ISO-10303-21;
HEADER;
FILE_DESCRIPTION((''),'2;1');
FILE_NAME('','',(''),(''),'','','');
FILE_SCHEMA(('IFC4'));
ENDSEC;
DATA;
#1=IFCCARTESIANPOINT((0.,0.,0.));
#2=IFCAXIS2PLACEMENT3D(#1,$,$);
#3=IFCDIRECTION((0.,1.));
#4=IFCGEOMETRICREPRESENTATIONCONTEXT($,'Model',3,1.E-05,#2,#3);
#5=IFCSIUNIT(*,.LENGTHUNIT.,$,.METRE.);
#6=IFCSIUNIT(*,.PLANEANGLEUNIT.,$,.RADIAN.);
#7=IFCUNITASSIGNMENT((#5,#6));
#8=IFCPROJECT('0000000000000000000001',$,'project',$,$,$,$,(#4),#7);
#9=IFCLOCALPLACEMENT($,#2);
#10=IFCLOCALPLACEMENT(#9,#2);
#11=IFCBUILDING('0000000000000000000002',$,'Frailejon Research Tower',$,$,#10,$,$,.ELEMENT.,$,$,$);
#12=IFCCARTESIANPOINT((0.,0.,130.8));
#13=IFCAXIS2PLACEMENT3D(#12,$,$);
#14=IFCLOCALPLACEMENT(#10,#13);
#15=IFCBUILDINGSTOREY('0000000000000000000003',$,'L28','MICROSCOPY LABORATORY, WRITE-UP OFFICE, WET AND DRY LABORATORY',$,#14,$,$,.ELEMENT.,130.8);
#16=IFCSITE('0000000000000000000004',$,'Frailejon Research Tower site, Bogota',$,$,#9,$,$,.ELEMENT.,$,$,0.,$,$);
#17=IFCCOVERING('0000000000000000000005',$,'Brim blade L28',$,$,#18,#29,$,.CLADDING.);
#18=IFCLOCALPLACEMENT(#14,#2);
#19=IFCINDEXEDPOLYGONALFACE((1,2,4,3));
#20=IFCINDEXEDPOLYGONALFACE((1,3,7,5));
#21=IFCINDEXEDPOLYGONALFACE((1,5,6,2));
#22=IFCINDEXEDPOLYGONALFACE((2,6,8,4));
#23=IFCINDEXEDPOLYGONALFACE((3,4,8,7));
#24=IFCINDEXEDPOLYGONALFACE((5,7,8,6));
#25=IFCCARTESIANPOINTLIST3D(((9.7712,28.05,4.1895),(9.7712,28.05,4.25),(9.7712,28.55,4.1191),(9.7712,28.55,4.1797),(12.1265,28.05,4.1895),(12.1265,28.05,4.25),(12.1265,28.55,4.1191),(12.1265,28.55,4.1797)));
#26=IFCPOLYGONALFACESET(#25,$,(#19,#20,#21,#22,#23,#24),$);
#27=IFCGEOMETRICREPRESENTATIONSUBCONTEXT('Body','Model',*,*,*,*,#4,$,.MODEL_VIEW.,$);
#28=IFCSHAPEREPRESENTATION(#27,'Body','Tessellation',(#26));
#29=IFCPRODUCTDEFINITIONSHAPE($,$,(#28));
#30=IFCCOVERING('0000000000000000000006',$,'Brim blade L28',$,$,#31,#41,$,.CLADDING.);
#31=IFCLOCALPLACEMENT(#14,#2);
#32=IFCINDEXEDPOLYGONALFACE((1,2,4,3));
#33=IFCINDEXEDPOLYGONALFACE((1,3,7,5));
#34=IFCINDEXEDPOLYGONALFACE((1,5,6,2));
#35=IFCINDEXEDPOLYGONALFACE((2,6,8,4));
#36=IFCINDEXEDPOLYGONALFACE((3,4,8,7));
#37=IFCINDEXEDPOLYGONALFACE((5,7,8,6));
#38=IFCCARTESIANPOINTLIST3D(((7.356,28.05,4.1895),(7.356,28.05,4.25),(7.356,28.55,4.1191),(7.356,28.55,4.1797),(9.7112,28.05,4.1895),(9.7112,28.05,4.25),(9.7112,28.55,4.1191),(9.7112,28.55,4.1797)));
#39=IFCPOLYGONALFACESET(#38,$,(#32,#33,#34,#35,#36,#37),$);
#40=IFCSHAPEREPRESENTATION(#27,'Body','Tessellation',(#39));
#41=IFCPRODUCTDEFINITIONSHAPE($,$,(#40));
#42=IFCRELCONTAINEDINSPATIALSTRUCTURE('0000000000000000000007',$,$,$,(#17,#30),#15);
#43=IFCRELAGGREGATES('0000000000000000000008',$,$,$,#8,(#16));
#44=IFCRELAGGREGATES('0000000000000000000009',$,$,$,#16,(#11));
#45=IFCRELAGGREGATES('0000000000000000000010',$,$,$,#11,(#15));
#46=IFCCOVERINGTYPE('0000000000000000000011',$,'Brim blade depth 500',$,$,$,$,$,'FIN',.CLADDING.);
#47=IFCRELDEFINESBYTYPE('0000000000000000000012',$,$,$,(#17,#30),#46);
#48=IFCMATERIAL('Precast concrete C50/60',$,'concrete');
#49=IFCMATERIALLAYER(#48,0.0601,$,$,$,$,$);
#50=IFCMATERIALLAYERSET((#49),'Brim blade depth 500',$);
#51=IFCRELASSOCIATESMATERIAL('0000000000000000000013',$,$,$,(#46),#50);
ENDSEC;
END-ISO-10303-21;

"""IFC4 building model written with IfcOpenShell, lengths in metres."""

from ifc_helpers import new_model, si_unit, direction, frame, origin, place, context, subcontext, project, spatial, polyline, outline, extrude, material, layer, layer_set, type_object, element, save


model = new_model("IFC4")

# Units and contexts
model_context = context("Model", 3, precision=1e-05, world=origin(), true_north=direction((0.0, 1.0)))
body_context = subcontext(model_context, "Body", "Model", "MODEL_VIEW")
ifc_project = project(units=[si_unit("LENGTHUNIT", "METRE"), si_unit("PLANEANGLEUNIT", "RADIAN")], contexts=[model_context])

# Site, building, storey
site_placement = place(None, origin())
site = spatial("IfcSite", under=ifc_project, at=site_placement, Name="Frailejon Research Tower site, Bogota", CompositionType="ELEMENT", RefElevation=0.0)
building_placement = place(site_placement, origin())
building = spatial("IfcBuilding", under=site, at=building_placement, Name="Frailejon Research Tower", CompositionType="ELEMENT")
storey_placement = place(building_placement, frame((0.0, 0.0, 130.8)))
storey = spatial("IfcBuildingStorey", under=building, at=storey_placement, Name="L28", Description="MICROSCOPY LABORATORY, WRITE-UP OFFICE, WET AND DRY LABORATORY", CompositionType="ELEMENT", Elevation=130.8)

# Coverings
ifc_material_1 = material(Name="Precast concrete C50/60", Category="concrete")
ifc_layer_1 = layer(ifc_material_1, 0.0601)
ifc_layer_set_1 = layer_set([ifc_layer_1], Name="Brim blade depth 500")
covering_type_1 = type_object("IfcCoveringType", Name="Brim blade depth 500", ElementType="FIN", PredefinedType="CLADDING", material=ifc_layer_set_1)
for number, where, z_axis, x_axis, name in (
    (1, (9.7712, 28.05, 4.25), (1.0, 0.0, 0.0), (0.0, 1.0, 0.0), "Brim blade L28"),
    (2, (7.356, 28.05, 4.25), (1.0, 0.0, 0.0), (0.0, 1.0, 0.0), "Brim blade L28"),
):
    element("IfcCovering", number, at=place(storey_placement, frame(where, z_axis=z_axis, x_axis=x_axis)), inside=storey, type_object=covering_type_1, Name=name, PredefinedType="CLADDING", context=body_context, shape_type="SweptSolid", body=[
        extrude(outline(polyline([(0.0, -0.0605), (0.5, -0.1309), (0.5, -0.0703), (0.0, 0.0), (0.0, -0.0605)])), origin(), (0.0, 0.0, 1.0), 2.3552),
    ])

save(model, "model.ifc")
